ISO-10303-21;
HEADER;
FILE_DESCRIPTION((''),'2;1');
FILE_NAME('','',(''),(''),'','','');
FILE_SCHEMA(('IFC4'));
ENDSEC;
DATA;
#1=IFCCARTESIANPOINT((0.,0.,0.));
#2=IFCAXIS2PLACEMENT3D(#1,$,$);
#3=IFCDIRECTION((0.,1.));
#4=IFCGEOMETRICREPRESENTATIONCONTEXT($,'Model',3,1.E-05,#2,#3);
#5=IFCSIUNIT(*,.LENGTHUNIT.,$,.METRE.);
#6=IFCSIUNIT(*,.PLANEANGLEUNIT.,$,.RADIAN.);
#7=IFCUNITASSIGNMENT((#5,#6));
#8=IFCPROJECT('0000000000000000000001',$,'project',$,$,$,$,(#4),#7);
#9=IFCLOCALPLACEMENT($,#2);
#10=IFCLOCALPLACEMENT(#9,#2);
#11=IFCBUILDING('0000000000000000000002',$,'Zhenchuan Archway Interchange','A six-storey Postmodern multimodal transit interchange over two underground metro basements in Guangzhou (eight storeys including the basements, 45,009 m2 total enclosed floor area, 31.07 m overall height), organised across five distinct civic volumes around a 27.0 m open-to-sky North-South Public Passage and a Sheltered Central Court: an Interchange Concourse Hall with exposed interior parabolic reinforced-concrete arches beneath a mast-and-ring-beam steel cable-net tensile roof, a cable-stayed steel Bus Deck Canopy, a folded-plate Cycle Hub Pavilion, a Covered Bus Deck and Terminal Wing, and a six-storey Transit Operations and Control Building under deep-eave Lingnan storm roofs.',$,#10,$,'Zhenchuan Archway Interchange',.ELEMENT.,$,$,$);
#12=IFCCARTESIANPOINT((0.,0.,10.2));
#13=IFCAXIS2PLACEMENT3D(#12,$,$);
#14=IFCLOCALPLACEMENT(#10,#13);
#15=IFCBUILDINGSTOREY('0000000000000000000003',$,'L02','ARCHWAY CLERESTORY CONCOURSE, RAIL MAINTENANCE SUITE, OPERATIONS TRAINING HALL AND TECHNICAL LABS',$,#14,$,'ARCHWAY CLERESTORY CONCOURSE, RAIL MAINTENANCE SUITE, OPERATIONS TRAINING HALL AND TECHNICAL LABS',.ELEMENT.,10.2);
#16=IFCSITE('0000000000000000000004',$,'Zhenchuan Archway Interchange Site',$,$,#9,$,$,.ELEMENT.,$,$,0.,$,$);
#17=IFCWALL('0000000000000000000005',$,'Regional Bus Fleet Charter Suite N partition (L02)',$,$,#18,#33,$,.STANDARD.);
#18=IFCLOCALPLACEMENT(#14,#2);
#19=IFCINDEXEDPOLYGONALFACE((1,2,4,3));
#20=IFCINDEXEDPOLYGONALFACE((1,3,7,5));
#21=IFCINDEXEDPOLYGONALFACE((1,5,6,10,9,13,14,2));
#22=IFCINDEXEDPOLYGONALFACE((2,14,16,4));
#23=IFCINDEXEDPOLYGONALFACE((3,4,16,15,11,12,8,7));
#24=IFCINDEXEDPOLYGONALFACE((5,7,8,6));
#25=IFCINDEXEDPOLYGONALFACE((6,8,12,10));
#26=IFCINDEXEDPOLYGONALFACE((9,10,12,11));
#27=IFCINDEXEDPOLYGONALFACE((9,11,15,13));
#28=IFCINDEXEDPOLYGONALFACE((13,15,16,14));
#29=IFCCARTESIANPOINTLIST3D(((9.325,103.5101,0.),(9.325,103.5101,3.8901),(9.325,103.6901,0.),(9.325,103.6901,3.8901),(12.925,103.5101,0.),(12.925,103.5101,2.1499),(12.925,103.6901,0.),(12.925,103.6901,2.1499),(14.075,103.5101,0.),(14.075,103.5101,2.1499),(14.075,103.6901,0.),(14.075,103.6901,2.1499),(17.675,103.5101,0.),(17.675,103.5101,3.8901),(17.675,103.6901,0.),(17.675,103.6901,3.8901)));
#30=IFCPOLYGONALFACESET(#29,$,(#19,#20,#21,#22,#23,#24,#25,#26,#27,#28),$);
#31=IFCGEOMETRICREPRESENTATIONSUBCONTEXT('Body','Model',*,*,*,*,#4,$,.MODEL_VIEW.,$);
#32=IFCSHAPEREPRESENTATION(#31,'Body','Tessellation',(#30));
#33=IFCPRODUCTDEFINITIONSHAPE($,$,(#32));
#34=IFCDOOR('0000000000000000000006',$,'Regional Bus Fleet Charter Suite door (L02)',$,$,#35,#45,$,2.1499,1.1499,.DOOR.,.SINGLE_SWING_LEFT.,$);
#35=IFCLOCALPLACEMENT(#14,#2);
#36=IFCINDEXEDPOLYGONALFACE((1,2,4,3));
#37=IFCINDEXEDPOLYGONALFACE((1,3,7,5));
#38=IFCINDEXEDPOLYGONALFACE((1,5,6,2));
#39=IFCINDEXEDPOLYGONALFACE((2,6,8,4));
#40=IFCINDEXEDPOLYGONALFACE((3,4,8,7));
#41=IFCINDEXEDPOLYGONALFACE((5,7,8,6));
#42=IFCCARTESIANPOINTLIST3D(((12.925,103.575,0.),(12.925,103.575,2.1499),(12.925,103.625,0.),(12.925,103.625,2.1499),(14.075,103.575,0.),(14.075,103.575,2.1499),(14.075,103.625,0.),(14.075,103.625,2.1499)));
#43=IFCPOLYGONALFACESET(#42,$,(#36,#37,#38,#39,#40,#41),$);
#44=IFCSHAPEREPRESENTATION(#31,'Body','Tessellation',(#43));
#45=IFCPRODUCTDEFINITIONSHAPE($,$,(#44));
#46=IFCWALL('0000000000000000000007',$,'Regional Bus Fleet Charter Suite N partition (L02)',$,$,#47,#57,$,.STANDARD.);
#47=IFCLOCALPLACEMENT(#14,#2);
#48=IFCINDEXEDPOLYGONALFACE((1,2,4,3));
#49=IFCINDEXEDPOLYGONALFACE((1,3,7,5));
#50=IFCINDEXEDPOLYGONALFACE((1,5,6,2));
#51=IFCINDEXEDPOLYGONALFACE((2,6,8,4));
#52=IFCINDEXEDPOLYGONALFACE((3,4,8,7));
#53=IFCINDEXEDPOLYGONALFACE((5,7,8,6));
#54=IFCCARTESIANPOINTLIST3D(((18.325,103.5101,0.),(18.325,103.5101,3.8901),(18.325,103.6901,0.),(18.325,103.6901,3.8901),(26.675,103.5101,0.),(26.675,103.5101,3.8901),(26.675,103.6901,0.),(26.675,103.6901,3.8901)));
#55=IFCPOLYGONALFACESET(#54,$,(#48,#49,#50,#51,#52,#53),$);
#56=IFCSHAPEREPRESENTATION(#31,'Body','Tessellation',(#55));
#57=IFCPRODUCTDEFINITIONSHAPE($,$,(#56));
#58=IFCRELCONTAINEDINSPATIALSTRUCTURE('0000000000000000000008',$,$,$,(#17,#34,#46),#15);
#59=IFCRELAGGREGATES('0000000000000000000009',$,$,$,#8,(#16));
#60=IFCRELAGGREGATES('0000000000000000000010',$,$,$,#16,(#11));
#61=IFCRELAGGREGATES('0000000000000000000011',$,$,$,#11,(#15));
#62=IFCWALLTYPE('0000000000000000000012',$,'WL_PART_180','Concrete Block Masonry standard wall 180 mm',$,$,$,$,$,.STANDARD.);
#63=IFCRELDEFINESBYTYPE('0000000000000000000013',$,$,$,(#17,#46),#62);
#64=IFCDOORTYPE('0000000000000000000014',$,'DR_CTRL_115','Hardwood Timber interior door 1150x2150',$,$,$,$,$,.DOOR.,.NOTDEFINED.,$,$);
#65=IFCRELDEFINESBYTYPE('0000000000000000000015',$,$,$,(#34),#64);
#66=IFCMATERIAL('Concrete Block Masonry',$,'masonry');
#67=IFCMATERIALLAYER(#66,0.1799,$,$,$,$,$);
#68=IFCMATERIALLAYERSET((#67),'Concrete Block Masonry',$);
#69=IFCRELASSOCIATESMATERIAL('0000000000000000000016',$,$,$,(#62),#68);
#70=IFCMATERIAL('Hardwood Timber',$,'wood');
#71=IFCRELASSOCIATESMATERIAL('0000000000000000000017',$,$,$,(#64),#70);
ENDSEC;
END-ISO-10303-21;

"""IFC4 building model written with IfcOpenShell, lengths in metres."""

from ifc_helpers import new_model, si_unit, direction, frame, frame_2d, origin, place, context, subcontext, project, spatial, rectangle, extrude, material, layer, layer_set, type_object, element, fill, save


model = new_model("IFC4")

# Units and contexts
model_context = context("Model", 3, precision=1e-05, world=origin(), true_north=direction((0.0, 1.0)))
body_context = subcontext(model_context, "Body", "Model", "MODEL_VIEW")
ifc_project = project(units=[si_unit("LENGTHUNIT", "METRE"), si_unit("PLANEANGLEUNIT", "RADIAN")], contexts=[model_context])

# Site, building, storey
site_placement = place(None, origin())
site = spatial("IfcSite", under=ifc_project, at=site_placement, Name="Zhenchuan Archway Interchange Site", CompositionType="ELEMENT", RefElevation=0.0)
building_placement = place(site_placement, origin())
building = spatial("IfcBuilding", under=site, at=building_placement, Name="Zhenchuan Archway Interchange", Description="A six-storey Postmodern multimodal transit interchange over two underground metro basements in Guangzhou (eight storeys including the basements, 45,009 m2 total enclosed floor area, 31.07 m overall height), organised across five distinct civic volumes around a 27.0 m open-to-sky North-South Public Passage and a Sheltered Central Court: an Interchange Concourse Hall with exposed interior parabolic reinforced-concrete arches beneath a mast-and-ring-beam steel cable-net tensile roof, a cable-stayed steel Bus Deck Canopy, a folded-plate Cycle Hub Pavilion, a Covered Bus Deck and Terminal Wing, and a six-storey Transit Operations and Control Building under deep-eave Lingnan storm roofs.", LongName="Zhenchuan Archway Interchange", CompositionType="ELEMENT")
storey_placement = place(building_placement, frame((0.0, 0.0, 10.2)))
storey = spatial("IfcBuildingStorey", under=building, at=storey_placement, Name="L02", Description="ARCHWAY CLERESTORY CONCOURSE, RAIL MAINTENANCE SUITE, OPERATIONS TRAINING HALL AND TECHNICAL LABS", LongName="ARCHWAY CLERESTORY CONCOURSE, RAIL MAINTENANCE SUITE, OPERATIONS TRAINING HALL AND TECHNICAL LABS", CompositionType="ELEMENT", Elevation=10.2)

# Wall, opening, door
ifc_material_1 = material(Name="Concrete Block Masonry", Category="masonry")
ifc_layer_1 = layer(ifc_material_1, 0.1799)
ifc_layer_set_1 = layer_set([ifc_layer_1], Name="Concrete Block Masonry")
wall_type_1 = type_object("IfcWallType", Name="WL_PART_180", Description="Concrete Block Masonry standard wall 180 mm", PredefinedType="STANDARD", material=ifc_layer_set_1)
wall_1_placement = place(storey_placement, frame((9.325, 103.6001, 0.0), z_axis=(0.0, 0.0, 1.0), x_axis=(1.0, 0.0, 0.0)))
wall_1 = element("IfcWall", 1, at=wall_1_placement, inside=storey, type_object=wall_type_1, Name="Regional Bus Fleet Charter Suite N partition (L02)", PredefinedType="STANDARD", context=body_context, shape_type="SweptSolid", body=[
    extrude(rectangle(XDim=8.3501, YDim=0.1799, at=frame_2d((4.175, 0.0))), origin(), (0.0, 0.0, 1.0), 3.8901),
])
opening_1_placement = place(wall_1_placement, frame((3.6001, 0.0, 0.0)))
opening_1 = element("IfcOpeningElement", 2, at=opening_1_placement, cuts=wall_1, PredefinedType="OPENING", context=body_context, shape_type="SweptSolid", body=[
    extrude(rectangle(XDim=1.1499, YDim=2.1499, at=frame_2d((0.575, 1.075))), frame((0.0, 0.1021, 0.0), z_axis=(0.0, -1.0, 0.0), x_axis=(1.0, 0.0, 0.0)), (0.0, 0.0, 1.0), 0.2039),
])
ifc_material_2 = material(Name="Hardwood Timber", Category="wood")
door_type_1 = type_object("IfcDoorType", Name="DR_CTRL_115", Description="Hardwood Timber interior door 1150x2150", OperationType="NOTDEFINED", PredefinedType="DOOR", material=ifc_material_2)
door_1_placement = place(opening_1_placement, origin())
door_1 = element("IfcDoor", 3, at=door_1_placement, inside=storey, type_object=door_type_1, Name="Regional Bus Fleet Charter Suite door (L02)", OperationType="SINGLE_SWING_LEFT", OverallHeight=2.1499, OverallWidth=1.1499, PredefinedType="DOOR", context=body_context, shape_type="SweptSolid", body=[
    extrude(rectangle(XDim=1.1499, YDim=2.1499, at=frame_2d((0.575, 1.075))), frame((0.0, 0.0249, 0.0), z_axis=(0.0, -1.0, 0.0), x_axis=(1.0, 0.0, 0.0)), (0.0, 0.0, 1.0), 0.05),
])
fill(opening_1, door_1)

# Wall
wall_2_placement = place(storey_placement, frame((18.325, 103.6001, 0.0), z_axis=(0.0, 0.0, 1.0), x_axis=(1.0, 0.0, 0.0)))
element("IfcWall", 4, at=wall_2_placement, inside=storey, type_object=wall_type_1, Name="Regional Bus Fleet Charter Suite N partition (L02)", PredefinedType="STANDARD", context=body_context, shape_type="SweptSolid", body=[
    extrude(rectangle(XDim=8.3501, YDim=0.1799, at=frame_2d((4.175, 0.0))), origin(), (0.0, 0.0, 1.0), 3.8901),
])

save(model, "model.ifc")
